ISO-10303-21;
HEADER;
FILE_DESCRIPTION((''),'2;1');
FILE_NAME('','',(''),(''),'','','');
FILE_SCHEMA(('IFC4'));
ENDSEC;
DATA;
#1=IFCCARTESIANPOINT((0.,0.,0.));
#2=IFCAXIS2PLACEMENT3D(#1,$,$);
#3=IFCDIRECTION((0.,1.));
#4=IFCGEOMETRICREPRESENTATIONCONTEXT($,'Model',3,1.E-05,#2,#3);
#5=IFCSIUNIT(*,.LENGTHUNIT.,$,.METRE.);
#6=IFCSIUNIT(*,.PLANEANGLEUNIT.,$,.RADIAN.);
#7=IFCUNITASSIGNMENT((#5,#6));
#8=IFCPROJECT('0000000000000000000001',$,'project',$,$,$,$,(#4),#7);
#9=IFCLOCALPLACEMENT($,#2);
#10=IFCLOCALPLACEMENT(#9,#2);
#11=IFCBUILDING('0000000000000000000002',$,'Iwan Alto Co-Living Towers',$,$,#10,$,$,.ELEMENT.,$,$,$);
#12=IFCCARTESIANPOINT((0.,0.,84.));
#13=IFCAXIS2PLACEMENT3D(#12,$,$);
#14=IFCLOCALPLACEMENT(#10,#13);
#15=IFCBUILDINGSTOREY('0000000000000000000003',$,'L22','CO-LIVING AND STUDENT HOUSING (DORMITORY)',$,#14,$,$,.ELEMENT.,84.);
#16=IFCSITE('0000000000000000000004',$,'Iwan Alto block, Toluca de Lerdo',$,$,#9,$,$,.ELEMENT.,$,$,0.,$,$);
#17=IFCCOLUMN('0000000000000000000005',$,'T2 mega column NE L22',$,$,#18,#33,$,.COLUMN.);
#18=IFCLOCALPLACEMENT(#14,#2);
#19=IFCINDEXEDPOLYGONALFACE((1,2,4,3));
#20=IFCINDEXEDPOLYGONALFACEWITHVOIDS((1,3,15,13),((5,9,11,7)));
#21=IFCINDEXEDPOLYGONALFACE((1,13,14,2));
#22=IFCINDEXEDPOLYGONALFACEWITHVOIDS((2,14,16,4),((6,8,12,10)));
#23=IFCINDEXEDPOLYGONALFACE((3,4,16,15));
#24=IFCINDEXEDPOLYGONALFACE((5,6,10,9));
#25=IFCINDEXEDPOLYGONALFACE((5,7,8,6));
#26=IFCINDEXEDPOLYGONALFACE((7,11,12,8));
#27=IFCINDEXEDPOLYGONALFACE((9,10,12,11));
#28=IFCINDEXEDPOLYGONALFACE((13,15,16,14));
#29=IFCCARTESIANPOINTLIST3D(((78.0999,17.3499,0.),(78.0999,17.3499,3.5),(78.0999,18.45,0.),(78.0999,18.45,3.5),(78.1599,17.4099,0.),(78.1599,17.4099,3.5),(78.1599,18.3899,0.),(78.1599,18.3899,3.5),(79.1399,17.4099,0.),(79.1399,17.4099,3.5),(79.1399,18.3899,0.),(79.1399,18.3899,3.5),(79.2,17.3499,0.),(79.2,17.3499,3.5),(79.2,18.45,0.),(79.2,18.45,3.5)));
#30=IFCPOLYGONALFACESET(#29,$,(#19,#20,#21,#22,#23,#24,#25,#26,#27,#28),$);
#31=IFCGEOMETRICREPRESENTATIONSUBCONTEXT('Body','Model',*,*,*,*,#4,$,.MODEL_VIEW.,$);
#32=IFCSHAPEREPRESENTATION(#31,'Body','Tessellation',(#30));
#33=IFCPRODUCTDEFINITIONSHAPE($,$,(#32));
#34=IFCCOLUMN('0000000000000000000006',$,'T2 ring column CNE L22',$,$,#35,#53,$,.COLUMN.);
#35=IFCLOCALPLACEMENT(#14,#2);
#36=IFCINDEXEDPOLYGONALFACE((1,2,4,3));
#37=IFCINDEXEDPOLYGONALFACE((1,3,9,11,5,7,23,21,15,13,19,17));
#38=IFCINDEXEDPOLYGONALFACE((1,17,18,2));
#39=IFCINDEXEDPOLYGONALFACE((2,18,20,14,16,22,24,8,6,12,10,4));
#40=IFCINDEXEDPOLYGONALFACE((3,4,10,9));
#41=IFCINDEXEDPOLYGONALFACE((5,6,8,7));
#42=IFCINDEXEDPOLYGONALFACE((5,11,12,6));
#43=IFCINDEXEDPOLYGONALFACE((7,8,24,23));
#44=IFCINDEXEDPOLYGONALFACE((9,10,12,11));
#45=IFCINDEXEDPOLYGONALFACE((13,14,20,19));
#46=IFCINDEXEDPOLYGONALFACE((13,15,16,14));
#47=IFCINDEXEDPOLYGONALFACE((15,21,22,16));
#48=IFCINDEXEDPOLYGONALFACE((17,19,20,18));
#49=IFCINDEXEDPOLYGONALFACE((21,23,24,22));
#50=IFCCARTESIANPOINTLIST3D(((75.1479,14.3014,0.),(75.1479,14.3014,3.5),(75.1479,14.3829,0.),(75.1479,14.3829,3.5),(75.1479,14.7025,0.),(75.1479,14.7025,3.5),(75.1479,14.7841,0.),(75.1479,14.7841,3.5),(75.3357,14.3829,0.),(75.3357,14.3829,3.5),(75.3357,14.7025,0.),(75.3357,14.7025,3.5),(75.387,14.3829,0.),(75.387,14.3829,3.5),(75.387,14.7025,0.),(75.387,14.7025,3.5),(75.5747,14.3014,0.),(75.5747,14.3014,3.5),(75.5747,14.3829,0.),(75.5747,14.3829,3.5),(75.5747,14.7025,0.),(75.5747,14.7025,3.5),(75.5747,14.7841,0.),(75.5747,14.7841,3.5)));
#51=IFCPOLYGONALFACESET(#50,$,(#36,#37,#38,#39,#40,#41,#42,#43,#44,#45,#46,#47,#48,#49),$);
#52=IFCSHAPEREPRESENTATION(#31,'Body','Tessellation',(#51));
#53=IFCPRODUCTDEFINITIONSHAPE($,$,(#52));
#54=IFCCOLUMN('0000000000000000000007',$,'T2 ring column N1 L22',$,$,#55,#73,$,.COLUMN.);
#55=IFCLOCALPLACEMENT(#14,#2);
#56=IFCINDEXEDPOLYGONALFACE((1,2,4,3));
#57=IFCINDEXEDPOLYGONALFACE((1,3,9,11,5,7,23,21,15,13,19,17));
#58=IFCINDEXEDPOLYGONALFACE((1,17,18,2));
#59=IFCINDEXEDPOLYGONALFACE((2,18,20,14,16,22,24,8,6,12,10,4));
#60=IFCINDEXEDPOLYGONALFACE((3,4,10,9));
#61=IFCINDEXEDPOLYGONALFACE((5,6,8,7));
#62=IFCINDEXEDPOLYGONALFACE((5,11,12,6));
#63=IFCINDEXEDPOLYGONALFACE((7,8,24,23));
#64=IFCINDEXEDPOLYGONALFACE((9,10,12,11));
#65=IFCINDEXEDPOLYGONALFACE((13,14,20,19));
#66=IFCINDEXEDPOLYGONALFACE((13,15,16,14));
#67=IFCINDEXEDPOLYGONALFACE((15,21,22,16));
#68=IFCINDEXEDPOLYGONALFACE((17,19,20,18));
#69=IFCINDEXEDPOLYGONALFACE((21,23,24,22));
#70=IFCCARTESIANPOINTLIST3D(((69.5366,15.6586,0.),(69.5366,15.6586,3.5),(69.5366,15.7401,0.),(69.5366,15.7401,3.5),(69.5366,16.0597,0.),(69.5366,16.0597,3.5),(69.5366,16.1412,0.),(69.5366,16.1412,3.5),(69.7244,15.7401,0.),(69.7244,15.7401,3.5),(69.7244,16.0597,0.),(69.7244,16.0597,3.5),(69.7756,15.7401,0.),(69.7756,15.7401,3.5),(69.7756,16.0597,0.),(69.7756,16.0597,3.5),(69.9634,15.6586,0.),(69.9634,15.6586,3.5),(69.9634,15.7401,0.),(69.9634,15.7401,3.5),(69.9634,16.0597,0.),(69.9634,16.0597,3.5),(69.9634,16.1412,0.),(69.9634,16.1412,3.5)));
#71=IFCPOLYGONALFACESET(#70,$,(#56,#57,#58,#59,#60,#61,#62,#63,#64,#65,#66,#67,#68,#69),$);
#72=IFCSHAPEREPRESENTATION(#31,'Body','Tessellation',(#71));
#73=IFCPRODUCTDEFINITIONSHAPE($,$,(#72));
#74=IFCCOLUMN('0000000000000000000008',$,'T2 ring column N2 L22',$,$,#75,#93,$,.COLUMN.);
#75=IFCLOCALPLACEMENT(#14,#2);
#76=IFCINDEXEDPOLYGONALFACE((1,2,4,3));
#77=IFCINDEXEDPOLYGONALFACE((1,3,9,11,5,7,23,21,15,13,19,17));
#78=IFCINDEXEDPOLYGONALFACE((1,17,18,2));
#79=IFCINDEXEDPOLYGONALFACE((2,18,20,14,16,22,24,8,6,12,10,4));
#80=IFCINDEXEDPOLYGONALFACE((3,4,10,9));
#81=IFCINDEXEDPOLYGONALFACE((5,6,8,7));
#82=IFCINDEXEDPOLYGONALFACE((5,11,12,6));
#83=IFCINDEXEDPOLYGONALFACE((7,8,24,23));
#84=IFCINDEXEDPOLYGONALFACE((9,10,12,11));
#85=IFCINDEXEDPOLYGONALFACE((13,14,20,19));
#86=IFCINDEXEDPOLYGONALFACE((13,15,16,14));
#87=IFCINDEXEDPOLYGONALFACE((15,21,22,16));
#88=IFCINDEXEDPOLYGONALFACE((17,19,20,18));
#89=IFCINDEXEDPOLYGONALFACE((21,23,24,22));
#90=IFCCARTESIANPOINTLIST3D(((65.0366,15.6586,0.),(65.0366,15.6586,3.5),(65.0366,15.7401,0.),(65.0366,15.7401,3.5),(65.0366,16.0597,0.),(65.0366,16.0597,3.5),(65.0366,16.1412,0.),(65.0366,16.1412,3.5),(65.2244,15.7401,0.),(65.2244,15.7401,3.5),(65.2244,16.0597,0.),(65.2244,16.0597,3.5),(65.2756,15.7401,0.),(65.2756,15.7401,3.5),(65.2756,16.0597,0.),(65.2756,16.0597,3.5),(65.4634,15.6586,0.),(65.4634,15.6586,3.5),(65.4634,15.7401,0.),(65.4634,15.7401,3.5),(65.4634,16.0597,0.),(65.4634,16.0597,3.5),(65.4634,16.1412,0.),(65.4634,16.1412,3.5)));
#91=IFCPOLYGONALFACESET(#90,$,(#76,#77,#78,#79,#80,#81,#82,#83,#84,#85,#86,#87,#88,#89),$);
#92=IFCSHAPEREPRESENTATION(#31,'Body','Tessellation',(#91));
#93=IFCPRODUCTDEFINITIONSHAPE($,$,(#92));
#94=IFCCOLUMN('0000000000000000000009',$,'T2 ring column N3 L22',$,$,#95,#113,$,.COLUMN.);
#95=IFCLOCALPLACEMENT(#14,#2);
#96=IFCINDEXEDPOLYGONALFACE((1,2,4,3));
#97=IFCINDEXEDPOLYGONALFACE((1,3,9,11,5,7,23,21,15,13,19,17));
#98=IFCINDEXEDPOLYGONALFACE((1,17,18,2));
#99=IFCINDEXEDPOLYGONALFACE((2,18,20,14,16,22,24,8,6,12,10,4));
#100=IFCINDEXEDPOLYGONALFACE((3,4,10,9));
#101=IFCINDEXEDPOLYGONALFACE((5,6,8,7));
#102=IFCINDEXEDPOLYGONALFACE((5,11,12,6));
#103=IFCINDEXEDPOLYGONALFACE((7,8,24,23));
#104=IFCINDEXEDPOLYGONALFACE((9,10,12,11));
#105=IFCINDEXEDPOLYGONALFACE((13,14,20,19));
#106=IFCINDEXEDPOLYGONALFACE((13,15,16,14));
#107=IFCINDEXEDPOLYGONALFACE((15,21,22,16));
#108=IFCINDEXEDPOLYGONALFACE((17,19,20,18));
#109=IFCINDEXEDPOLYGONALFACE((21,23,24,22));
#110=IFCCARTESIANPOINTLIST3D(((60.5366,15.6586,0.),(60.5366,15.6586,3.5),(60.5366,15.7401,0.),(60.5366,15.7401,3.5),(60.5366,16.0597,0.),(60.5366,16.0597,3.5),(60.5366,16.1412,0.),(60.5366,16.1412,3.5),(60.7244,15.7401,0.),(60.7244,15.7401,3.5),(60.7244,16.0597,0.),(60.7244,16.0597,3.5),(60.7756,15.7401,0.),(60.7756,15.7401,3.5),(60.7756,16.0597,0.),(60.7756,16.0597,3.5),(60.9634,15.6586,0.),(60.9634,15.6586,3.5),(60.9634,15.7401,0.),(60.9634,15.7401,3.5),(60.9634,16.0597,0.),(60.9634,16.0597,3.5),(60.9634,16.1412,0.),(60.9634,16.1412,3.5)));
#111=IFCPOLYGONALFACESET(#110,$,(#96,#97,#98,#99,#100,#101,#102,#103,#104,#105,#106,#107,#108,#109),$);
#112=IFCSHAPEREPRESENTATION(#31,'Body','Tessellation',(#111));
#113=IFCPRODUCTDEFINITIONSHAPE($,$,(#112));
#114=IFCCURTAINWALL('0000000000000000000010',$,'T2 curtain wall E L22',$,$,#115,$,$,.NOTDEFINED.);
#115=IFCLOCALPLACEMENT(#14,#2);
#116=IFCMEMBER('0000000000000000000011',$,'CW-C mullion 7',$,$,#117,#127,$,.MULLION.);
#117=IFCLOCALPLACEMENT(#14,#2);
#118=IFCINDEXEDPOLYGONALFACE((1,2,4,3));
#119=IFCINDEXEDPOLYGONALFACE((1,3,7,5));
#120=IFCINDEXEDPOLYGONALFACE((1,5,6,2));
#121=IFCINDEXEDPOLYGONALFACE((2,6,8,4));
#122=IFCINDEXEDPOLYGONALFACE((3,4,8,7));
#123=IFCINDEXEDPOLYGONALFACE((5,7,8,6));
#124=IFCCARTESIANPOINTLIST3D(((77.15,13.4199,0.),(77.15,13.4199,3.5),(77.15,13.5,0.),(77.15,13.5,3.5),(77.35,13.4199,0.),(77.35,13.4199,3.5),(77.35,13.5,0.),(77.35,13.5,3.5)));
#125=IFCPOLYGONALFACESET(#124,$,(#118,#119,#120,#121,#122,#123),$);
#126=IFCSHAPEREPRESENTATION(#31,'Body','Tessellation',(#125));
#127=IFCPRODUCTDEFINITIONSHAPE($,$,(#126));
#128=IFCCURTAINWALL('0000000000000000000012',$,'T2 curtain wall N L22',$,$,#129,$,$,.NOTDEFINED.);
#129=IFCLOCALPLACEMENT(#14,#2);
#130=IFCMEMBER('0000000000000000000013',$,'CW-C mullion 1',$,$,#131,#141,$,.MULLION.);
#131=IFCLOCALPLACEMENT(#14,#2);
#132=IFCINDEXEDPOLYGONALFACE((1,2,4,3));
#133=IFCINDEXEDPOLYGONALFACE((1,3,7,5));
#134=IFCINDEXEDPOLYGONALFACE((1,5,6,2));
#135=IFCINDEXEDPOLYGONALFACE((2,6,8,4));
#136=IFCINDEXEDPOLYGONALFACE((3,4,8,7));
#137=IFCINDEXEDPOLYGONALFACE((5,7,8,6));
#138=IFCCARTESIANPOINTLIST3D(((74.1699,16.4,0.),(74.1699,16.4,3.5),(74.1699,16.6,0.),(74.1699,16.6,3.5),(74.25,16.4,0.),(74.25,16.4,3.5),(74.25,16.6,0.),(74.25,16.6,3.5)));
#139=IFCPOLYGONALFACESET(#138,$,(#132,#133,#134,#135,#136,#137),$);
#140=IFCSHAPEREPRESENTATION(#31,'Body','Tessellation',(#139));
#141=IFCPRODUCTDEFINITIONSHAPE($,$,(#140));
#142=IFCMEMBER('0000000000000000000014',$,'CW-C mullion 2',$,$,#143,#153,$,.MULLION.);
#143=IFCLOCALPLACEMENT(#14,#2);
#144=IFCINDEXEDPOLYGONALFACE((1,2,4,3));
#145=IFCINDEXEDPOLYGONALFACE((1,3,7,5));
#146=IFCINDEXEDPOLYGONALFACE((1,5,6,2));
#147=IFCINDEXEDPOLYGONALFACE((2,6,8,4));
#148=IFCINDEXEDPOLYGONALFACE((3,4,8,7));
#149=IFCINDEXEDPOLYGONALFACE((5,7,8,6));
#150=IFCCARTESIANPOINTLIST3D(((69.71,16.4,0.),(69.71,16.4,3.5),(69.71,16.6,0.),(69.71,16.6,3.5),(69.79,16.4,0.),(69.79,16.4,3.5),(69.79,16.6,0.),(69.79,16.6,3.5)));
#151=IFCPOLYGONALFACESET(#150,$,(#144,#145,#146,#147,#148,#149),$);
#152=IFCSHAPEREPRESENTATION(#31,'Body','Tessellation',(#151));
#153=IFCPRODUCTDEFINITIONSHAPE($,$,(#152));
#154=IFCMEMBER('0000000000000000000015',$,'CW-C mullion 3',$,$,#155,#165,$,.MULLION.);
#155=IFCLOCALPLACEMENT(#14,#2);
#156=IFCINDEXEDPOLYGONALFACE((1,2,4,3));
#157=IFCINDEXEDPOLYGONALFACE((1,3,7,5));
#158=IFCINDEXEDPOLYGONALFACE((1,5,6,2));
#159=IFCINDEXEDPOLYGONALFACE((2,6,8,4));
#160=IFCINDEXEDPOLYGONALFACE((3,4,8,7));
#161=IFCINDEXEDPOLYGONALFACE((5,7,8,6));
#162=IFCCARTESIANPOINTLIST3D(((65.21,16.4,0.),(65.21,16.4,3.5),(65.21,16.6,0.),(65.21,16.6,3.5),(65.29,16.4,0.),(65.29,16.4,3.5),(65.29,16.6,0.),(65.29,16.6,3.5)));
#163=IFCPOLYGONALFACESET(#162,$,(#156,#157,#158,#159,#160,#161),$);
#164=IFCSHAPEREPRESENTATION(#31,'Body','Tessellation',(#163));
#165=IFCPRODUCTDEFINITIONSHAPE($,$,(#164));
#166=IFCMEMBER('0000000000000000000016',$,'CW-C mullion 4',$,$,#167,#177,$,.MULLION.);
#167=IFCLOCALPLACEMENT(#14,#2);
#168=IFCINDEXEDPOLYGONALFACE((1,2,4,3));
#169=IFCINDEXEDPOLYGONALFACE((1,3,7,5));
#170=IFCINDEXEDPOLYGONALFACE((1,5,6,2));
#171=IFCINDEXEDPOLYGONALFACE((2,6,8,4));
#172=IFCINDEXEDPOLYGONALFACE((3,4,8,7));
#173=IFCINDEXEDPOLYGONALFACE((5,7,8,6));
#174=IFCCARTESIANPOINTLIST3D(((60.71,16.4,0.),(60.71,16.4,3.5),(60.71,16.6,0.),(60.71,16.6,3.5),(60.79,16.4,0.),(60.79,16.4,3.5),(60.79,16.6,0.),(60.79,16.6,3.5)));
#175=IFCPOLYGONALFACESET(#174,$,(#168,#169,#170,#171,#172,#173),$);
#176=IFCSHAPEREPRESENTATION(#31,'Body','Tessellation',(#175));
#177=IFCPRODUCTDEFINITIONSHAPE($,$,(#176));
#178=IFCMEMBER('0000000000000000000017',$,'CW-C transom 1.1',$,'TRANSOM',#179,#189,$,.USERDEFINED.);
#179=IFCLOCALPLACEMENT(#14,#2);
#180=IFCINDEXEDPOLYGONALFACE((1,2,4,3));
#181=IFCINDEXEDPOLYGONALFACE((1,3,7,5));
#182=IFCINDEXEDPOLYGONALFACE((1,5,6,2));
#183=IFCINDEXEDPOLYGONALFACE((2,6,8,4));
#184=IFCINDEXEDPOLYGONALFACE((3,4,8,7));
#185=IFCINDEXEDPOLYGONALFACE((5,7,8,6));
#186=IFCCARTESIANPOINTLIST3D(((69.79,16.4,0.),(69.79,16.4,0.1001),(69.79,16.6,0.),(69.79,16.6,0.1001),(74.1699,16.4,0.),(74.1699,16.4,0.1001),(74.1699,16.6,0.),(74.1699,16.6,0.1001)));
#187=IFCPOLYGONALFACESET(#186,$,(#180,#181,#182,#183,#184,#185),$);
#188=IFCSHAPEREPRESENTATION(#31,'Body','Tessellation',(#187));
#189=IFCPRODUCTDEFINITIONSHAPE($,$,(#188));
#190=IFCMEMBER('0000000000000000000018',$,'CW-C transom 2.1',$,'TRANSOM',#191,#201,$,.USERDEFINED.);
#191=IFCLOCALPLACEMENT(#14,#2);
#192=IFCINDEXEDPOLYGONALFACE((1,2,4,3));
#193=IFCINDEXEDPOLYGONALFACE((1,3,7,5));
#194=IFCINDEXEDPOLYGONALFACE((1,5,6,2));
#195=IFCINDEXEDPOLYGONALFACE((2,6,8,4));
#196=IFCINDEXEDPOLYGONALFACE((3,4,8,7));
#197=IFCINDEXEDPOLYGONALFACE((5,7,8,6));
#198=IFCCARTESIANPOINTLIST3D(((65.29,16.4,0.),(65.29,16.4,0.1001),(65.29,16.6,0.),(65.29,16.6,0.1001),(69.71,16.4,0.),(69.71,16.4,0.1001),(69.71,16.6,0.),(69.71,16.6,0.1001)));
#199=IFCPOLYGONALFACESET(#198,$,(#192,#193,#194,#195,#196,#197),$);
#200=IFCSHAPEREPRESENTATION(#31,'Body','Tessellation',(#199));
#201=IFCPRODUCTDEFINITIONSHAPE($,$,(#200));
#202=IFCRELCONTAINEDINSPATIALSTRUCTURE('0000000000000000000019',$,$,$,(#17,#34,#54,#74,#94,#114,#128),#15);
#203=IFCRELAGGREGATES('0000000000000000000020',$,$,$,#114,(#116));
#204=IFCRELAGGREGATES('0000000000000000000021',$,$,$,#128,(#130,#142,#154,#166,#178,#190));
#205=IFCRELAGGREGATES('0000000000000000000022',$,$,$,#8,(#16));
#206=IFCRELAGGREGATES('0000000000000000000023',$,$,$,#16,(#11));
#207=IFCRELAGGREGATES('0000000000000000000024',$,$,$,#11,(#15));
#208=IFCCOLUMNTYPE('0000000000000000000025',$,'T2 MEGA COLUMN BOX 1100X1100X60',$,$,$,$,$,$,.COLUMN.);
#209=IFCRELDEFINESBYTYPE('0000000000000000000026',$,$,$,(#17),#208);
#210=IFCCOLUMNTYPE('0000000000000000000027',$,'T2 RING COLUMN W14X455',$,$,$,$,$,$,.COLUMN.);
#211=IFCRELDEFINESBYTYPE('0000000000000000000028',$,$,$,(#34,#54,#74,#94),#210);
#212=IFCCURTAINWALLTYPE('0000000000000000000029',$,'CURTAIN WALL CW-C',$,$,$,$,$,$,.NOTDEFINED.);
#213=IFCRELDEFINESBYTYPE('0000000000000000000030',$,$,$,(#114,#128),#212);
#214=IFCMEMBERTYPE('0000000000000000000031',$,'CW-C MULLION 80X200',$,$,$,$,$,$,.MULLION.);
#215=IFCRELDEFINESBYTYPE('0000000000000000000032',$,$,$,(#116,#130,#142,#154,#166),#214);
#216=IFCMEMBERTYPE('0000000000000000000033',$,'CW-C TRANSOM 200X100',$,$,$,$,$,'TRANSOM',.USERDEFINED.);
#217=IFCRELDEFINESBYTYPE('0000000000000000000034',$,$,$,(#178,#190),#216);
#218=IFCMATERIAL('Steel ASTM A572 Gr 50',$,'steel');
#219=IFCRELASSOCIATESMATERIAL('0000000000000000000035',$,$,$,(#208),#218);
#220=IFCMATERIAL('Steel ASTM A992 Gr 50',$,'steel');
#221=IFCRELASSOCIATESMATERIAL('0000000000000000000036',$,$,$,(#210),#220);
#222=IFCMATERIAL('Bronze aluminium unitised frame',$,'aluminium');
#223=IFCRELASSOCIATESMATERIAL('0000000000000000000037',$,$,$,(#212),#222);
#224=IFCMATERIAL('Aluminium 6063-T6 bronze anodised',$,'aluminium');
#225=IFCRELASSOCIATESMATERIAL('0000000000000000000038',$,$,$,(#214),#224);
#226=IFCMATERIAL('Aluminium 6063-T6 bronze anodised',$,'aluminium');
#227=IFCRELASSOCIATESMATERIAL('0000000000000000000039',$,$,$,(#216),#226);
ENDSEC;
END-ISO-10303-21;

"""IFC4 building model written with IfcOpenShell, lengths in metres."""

from ifc_helpers import new_model, si_unit, direction, frame, origin, origin_2d, place, context, subcontext, project, spatial, rectangle, hollow_rectangle, i_section, extrude, material, material_profile, profile_set, type_object, element, aggregate, save


model = new_model("IFC4")

# Units and contexts
model_context = context("Model", 3, precision=1e-05, world=origin(), true_north=direction((0.0, 1.0)))
body_context = subcontext(model_context, "Body", "Model", "MODEL_VIEW")
ifc_project = project(units=[si_unit("LENGTHUNIT", "METRE"), si_unit("PLANEANGLEUNIT", "RADIAN")], contexts=[model_context])

# Site, building, storey
site_placement = place(None, origin())
site = spatial("IfcSite", under=ifc_project, at=site_placement, Name="Iwan Alto block, Toluca de Lerdo", CompositionType="ELEMENT", RefElevation=0.0)
building_placement = place(site_placement, origin())
building = spatial("IfcBuilding", under=site, at=building_placement, Name="Iwan Alto Co-Living Towers", CompositionType="ELEMENT")
storey_placement = place(building_placement, frame((0.0, 0.0, 84.0)))
storey = spatial("IfcBuildingStorey", under=building, at=storey_placement, Name="L22", Description="CO-LIVING AND STUDENT HOUSING (DORMITORY)", CompositionType="ELEMENT", Elevation=84.0)

# Columns
ifc_material_1 = material(Name="Steel ASTM A572 Gr 50", Category="steel")
ifc_material_profile_1 = material_profile(ifc_material_1, hollow_rectangle(XDim=1.1001, YDim=1.1001, WallThickness=0.0601, at=origin_2d()), Name="BOX 1100X1100X60")
ifc_profile_set_1 = profile_set([ifc_material_profile_1], Name="Steel ASTM A572 Gr 50")
column_type_1 = type_object("IfcColumnType", Name="T2 MEGA COLUMN BOX 1100X1100X60", PredefinedType="COLUMN", material=ifc_profile_set_1)
column_placement = place(storey_placement, frame((78.6499, 17.8999, 0.0), z_axis=(0.0, 0.0, 1.0), x_axis=(1.0, 0.0, 0.0)))
element("IfcColumn", 1, at=column_placement, inside=storey, type_object=column_type_1, Name="T2 mega column NE L22", PredefinedType="COLUMN", context=body_context, shape_type="SweptSolid", body=[
    extrude(hollow_rectangle(XDim=1.1001, YDim=1.1001, WallThickness=0.0601, at=origin_2d()), origin(), (0.0, 0.0, 1.0), 3.5),
])
ifc_material_2 = material(Name="Steel ASTM A992 Gr 50", Category="steel")
ifc_material_profile_2 = material_profile(ifc_material_2, i_section(OverallWidth=0.4268, OverallDepth=0.4827, WebThickness=0.0513, FlangeThickness=0.0815, at=origin_2d()), Name="W14X455")
ifc_profile_set_2 = profile_set([ifc_material_profile_2], Name="Steel ASTM A992 Gr 50")
column_type_2 = type_object("IfcColumnType", Name="T2 RING COLUMN W14X455", PredefinedType="COLUMN", material=ifc_profile_set_2)
for number, where, z_axis, x_axis, name in (
    (2, (75.3613, 14.5427, 0.0), (0.0, 0.0, 1.0), (1.0, 0.0, 0.0), "T2 ring column CNE L22"),
    (3, (69.75, 15.8999, 0.0), (0.0, 0.0, 1.0), (1.0, 0.0, 0.0), "T2 ring column N1 L22"),
    (4, (65.25, 15.8999, 0.0), (0.0, 0.0, 1.0), (1.0, 0.0, 0.0), "T2 ring column N2 L22"),
    (5, (60.75, 15.8999, 0.0), (0.0, 0.0, 1.0), (1.0, 0.0, 0.0), "T2 ring column N3 L22"),
):
    element("IfcColumn", number, at=place(storey_placement, frame(where, z_axis=z_axis, x_axis=x_axis)), inside=storey, type_object=column_type_2, Name=name, PredefinedType="COLUMN", context=body_context, shape_type="SweptSolid", body=[
        extrude(i_section(OverallWidth=0.4268, OverallDepth=0.4827, WebThickness=0.0513, FlangeThickness=0.0815, at=origin_2d()), origin(), (0.0, 0.0, 1.0), 3.5),
    ])

# Curtain wall, member
ifc_material_3 = material(Name="Bronze aluminium unitised frame", Category="aluminium")
curtain_wall_type_1 = type_object("IfcCurtainWallType", Name="CURTAIN WALL CW-C", PredefinedType="NOTDEFINED", material=ifc_material_3)
curtain_wall_1_placement = place(storey_placement, origin())
curtain_wall_1 = element("IfcCurtainWall", 6, at=curtain_wall_1_placement, inside=storey, type_object=curtain_wall_type_1, Name="T2 curtain wall E L22", PredefinedType="NOTDEFINED")
ifc_material_4 = material(Name="Aluminium 6063-T6 bronze anodised", Category="aluminium")
ifc_material_profile_3 = material_profile(ifc_material_4, rectangle(XDim=0.2, YDim=0.0801, at=origin_2d()), Name="AL 80X200")
ifc_profile_set_3 = profile_set([ifc_material_profile_3], Name="Aluminium 6063-T6 bronze anodised")
member_type_1 = type_object("IfcMemberType", Name="CW-C MULLION 80X200", PredefinedType="MULLION", material=ifc_profile_set_3)
member_1_placement = place(storey_placement, frame((77.25, 13.46, 0.0), z_axis=(0.0, 0.0, 1.0), x_axis=(-1.0, 0.0, 0.0)))
member_1 = element("IfcMember", 7, at=member_1_placement, type_object=member_type_1, Name="CW-C mullion 7", PredefinedType="MULLION", context=body_context, shape_type="SweptSolid", body=[
    extrude(rectangle(XDim=0.2, YDim=0.0801, at=origin_2d()), origin(), (0.0, 0.0, 1.0), 3.5),
])
aggregate(curtain_wall_1, [member_1])

# Curtain wall, members
curtain_wall_2_placement = place(storey_placement, origin())
curtain_wall_2 = element("IfcCurtainWall", 8, at=curtain_wall_2_placement, inside=storey, type_object=curtain_wall_type_1, Name="T2 curtain wall N L22", PredefinedType="NOTDEFINED")
member_2_placement = place(storey_placement, frame((74.21, 16.5, 0.0), z_axis=(0.0, 0.0, 1.0), x_axis=(0.0, -1.0, 0.0)))
member_2 = element("IfcMember", 9, at=member_2_placement, type_object=member_type_1, Name="CW-C mullion 1", PredefinedType="MULLION", context=body_context, shape_type="SweptSolid", body=[
    extrude(rectangle(XDim=0.2, YDim=0.0801, at=origin_2d()), origin(), (0.0, 0.0, 1.0), 3.5),
])
member_3_placement = place(storey_placement, frame((69.75, 16.5, 0.0), z_axis=(0.0, 0.0, 1.0), x_axis=(0.0, -1.0, 0.0)))
member_3 = element("IfcMember", 10, at=member_3_placement, type_object=member_type_1, Name="CW-C mullion 2", PredefinedType="MULLION", context=body_context, shape_type="SweptSolid", body=[
    extrude(rectangle(XDim=0.2, YDim=0.0801, at=origin_2d()), origin(), (0.0, 0.0, 1.0), 3.5),
])
member_4_placement = place(storey_placement, frame((65.25, 16.5, 0.0), z_axis=(0.0, 0.0, 1.0), x_axis=(0.0, -1.0, 0.0)))
member_4 = element("IfcMember", 11, at=member_4_placement, type_object=member_type_1, Name="CW-C mullion 3", PredefinedType="MULLION", context=body_context, shape_type="SweptSolid", body=[
    extrude(rectangle(XDim=0.2, YDim=0.0801, at=origin_2d()), origin(), (0.0, 0.0, 1.0), 3.5),
])
member_5_placement = place(storey_placement, frame((60.75, 16.5, 0.0), z_axis=(0.0, 0.0, 1.0), x_axis=(0.0, -1.0, 0.0)))
member_5 = element("IfcMember", 12, at=member_5_placement, type_object=member_type_1, Name="CW-C mullion 4", PredefinedType="MULLION", context=body_context, shape_type="SweptSolid", body=[
    extrude(rectangle(XDim=0.2, YDim=0.0801, at=origin_2d()), origin(), (0.0, 0.0, 1.0), 3.5),
])
ifc_material_5 = material(Name="Aluminium 6063-T6 bronze anodised", Category="aluminium")
ifc_material_profile_4 = material_profile(ifc_material_5, rectangle(XDim=0.2, YDim=0.1001, at=origin_2d()), Name="AL 200X100")
ifc_profile_set_4 = profile_set([ifc_material_profile_4], Name="Aluminium 6063-T6 bronze anodised")
member_type_2 = type_object("IfcMemberType", Name="CW-C TRANSOM 200X100", ElementType="TRANSOM", PredefinedType="USERDEFINED", material=ifc_profile_set_4)
member_6_placement = place(storey_placement, frame((74.1699, 16.5, 0.05), z_axis=(-1.0, 0.0, 0.0), x_axis=(0.0, -1.0, 0.0)))
member_6 = element("IfcMember", 13, at=member_6_placement, type_object=member_type_2, Name="CW-C transom 1.1", ObjectType="TRANSOM", PredefinedType="USERDEFINED", context=body_context, shape_type="SweptSolid", body=[
    extrude(rectangle(XDim=0.2, YDim=0.1001, at=origin_2d()), origin(), (0.0, 0.0, 1.0), 4.3799),
])
member_7_placement = place(storey_placement, frame((69.71, 16.5, 0.05), z_axis=(-1.0, 0.0, 0.0), x_axis=(0.0, -1.0, 0.0)))
member_7 = element("IfcMember", 14, at=member_7_placement, type_object=member_type_2, Name="CW-C transom 2.1", ObjectType="TRANSOM", PredefinedType="USERDEFINED", context=body_context, shape_type="SweptSolid", body=[
    extrude(rectangle(XDim=0.2, YDim=0.1001, at=origin_2d()), origin(), (0.0, 0.0, 1.0), 4.4199),
])

aggregate(curtain_wall_2, [member_2, member_3, member_4, member_5, member_6, member_7])

save(model, "model.ifc")
